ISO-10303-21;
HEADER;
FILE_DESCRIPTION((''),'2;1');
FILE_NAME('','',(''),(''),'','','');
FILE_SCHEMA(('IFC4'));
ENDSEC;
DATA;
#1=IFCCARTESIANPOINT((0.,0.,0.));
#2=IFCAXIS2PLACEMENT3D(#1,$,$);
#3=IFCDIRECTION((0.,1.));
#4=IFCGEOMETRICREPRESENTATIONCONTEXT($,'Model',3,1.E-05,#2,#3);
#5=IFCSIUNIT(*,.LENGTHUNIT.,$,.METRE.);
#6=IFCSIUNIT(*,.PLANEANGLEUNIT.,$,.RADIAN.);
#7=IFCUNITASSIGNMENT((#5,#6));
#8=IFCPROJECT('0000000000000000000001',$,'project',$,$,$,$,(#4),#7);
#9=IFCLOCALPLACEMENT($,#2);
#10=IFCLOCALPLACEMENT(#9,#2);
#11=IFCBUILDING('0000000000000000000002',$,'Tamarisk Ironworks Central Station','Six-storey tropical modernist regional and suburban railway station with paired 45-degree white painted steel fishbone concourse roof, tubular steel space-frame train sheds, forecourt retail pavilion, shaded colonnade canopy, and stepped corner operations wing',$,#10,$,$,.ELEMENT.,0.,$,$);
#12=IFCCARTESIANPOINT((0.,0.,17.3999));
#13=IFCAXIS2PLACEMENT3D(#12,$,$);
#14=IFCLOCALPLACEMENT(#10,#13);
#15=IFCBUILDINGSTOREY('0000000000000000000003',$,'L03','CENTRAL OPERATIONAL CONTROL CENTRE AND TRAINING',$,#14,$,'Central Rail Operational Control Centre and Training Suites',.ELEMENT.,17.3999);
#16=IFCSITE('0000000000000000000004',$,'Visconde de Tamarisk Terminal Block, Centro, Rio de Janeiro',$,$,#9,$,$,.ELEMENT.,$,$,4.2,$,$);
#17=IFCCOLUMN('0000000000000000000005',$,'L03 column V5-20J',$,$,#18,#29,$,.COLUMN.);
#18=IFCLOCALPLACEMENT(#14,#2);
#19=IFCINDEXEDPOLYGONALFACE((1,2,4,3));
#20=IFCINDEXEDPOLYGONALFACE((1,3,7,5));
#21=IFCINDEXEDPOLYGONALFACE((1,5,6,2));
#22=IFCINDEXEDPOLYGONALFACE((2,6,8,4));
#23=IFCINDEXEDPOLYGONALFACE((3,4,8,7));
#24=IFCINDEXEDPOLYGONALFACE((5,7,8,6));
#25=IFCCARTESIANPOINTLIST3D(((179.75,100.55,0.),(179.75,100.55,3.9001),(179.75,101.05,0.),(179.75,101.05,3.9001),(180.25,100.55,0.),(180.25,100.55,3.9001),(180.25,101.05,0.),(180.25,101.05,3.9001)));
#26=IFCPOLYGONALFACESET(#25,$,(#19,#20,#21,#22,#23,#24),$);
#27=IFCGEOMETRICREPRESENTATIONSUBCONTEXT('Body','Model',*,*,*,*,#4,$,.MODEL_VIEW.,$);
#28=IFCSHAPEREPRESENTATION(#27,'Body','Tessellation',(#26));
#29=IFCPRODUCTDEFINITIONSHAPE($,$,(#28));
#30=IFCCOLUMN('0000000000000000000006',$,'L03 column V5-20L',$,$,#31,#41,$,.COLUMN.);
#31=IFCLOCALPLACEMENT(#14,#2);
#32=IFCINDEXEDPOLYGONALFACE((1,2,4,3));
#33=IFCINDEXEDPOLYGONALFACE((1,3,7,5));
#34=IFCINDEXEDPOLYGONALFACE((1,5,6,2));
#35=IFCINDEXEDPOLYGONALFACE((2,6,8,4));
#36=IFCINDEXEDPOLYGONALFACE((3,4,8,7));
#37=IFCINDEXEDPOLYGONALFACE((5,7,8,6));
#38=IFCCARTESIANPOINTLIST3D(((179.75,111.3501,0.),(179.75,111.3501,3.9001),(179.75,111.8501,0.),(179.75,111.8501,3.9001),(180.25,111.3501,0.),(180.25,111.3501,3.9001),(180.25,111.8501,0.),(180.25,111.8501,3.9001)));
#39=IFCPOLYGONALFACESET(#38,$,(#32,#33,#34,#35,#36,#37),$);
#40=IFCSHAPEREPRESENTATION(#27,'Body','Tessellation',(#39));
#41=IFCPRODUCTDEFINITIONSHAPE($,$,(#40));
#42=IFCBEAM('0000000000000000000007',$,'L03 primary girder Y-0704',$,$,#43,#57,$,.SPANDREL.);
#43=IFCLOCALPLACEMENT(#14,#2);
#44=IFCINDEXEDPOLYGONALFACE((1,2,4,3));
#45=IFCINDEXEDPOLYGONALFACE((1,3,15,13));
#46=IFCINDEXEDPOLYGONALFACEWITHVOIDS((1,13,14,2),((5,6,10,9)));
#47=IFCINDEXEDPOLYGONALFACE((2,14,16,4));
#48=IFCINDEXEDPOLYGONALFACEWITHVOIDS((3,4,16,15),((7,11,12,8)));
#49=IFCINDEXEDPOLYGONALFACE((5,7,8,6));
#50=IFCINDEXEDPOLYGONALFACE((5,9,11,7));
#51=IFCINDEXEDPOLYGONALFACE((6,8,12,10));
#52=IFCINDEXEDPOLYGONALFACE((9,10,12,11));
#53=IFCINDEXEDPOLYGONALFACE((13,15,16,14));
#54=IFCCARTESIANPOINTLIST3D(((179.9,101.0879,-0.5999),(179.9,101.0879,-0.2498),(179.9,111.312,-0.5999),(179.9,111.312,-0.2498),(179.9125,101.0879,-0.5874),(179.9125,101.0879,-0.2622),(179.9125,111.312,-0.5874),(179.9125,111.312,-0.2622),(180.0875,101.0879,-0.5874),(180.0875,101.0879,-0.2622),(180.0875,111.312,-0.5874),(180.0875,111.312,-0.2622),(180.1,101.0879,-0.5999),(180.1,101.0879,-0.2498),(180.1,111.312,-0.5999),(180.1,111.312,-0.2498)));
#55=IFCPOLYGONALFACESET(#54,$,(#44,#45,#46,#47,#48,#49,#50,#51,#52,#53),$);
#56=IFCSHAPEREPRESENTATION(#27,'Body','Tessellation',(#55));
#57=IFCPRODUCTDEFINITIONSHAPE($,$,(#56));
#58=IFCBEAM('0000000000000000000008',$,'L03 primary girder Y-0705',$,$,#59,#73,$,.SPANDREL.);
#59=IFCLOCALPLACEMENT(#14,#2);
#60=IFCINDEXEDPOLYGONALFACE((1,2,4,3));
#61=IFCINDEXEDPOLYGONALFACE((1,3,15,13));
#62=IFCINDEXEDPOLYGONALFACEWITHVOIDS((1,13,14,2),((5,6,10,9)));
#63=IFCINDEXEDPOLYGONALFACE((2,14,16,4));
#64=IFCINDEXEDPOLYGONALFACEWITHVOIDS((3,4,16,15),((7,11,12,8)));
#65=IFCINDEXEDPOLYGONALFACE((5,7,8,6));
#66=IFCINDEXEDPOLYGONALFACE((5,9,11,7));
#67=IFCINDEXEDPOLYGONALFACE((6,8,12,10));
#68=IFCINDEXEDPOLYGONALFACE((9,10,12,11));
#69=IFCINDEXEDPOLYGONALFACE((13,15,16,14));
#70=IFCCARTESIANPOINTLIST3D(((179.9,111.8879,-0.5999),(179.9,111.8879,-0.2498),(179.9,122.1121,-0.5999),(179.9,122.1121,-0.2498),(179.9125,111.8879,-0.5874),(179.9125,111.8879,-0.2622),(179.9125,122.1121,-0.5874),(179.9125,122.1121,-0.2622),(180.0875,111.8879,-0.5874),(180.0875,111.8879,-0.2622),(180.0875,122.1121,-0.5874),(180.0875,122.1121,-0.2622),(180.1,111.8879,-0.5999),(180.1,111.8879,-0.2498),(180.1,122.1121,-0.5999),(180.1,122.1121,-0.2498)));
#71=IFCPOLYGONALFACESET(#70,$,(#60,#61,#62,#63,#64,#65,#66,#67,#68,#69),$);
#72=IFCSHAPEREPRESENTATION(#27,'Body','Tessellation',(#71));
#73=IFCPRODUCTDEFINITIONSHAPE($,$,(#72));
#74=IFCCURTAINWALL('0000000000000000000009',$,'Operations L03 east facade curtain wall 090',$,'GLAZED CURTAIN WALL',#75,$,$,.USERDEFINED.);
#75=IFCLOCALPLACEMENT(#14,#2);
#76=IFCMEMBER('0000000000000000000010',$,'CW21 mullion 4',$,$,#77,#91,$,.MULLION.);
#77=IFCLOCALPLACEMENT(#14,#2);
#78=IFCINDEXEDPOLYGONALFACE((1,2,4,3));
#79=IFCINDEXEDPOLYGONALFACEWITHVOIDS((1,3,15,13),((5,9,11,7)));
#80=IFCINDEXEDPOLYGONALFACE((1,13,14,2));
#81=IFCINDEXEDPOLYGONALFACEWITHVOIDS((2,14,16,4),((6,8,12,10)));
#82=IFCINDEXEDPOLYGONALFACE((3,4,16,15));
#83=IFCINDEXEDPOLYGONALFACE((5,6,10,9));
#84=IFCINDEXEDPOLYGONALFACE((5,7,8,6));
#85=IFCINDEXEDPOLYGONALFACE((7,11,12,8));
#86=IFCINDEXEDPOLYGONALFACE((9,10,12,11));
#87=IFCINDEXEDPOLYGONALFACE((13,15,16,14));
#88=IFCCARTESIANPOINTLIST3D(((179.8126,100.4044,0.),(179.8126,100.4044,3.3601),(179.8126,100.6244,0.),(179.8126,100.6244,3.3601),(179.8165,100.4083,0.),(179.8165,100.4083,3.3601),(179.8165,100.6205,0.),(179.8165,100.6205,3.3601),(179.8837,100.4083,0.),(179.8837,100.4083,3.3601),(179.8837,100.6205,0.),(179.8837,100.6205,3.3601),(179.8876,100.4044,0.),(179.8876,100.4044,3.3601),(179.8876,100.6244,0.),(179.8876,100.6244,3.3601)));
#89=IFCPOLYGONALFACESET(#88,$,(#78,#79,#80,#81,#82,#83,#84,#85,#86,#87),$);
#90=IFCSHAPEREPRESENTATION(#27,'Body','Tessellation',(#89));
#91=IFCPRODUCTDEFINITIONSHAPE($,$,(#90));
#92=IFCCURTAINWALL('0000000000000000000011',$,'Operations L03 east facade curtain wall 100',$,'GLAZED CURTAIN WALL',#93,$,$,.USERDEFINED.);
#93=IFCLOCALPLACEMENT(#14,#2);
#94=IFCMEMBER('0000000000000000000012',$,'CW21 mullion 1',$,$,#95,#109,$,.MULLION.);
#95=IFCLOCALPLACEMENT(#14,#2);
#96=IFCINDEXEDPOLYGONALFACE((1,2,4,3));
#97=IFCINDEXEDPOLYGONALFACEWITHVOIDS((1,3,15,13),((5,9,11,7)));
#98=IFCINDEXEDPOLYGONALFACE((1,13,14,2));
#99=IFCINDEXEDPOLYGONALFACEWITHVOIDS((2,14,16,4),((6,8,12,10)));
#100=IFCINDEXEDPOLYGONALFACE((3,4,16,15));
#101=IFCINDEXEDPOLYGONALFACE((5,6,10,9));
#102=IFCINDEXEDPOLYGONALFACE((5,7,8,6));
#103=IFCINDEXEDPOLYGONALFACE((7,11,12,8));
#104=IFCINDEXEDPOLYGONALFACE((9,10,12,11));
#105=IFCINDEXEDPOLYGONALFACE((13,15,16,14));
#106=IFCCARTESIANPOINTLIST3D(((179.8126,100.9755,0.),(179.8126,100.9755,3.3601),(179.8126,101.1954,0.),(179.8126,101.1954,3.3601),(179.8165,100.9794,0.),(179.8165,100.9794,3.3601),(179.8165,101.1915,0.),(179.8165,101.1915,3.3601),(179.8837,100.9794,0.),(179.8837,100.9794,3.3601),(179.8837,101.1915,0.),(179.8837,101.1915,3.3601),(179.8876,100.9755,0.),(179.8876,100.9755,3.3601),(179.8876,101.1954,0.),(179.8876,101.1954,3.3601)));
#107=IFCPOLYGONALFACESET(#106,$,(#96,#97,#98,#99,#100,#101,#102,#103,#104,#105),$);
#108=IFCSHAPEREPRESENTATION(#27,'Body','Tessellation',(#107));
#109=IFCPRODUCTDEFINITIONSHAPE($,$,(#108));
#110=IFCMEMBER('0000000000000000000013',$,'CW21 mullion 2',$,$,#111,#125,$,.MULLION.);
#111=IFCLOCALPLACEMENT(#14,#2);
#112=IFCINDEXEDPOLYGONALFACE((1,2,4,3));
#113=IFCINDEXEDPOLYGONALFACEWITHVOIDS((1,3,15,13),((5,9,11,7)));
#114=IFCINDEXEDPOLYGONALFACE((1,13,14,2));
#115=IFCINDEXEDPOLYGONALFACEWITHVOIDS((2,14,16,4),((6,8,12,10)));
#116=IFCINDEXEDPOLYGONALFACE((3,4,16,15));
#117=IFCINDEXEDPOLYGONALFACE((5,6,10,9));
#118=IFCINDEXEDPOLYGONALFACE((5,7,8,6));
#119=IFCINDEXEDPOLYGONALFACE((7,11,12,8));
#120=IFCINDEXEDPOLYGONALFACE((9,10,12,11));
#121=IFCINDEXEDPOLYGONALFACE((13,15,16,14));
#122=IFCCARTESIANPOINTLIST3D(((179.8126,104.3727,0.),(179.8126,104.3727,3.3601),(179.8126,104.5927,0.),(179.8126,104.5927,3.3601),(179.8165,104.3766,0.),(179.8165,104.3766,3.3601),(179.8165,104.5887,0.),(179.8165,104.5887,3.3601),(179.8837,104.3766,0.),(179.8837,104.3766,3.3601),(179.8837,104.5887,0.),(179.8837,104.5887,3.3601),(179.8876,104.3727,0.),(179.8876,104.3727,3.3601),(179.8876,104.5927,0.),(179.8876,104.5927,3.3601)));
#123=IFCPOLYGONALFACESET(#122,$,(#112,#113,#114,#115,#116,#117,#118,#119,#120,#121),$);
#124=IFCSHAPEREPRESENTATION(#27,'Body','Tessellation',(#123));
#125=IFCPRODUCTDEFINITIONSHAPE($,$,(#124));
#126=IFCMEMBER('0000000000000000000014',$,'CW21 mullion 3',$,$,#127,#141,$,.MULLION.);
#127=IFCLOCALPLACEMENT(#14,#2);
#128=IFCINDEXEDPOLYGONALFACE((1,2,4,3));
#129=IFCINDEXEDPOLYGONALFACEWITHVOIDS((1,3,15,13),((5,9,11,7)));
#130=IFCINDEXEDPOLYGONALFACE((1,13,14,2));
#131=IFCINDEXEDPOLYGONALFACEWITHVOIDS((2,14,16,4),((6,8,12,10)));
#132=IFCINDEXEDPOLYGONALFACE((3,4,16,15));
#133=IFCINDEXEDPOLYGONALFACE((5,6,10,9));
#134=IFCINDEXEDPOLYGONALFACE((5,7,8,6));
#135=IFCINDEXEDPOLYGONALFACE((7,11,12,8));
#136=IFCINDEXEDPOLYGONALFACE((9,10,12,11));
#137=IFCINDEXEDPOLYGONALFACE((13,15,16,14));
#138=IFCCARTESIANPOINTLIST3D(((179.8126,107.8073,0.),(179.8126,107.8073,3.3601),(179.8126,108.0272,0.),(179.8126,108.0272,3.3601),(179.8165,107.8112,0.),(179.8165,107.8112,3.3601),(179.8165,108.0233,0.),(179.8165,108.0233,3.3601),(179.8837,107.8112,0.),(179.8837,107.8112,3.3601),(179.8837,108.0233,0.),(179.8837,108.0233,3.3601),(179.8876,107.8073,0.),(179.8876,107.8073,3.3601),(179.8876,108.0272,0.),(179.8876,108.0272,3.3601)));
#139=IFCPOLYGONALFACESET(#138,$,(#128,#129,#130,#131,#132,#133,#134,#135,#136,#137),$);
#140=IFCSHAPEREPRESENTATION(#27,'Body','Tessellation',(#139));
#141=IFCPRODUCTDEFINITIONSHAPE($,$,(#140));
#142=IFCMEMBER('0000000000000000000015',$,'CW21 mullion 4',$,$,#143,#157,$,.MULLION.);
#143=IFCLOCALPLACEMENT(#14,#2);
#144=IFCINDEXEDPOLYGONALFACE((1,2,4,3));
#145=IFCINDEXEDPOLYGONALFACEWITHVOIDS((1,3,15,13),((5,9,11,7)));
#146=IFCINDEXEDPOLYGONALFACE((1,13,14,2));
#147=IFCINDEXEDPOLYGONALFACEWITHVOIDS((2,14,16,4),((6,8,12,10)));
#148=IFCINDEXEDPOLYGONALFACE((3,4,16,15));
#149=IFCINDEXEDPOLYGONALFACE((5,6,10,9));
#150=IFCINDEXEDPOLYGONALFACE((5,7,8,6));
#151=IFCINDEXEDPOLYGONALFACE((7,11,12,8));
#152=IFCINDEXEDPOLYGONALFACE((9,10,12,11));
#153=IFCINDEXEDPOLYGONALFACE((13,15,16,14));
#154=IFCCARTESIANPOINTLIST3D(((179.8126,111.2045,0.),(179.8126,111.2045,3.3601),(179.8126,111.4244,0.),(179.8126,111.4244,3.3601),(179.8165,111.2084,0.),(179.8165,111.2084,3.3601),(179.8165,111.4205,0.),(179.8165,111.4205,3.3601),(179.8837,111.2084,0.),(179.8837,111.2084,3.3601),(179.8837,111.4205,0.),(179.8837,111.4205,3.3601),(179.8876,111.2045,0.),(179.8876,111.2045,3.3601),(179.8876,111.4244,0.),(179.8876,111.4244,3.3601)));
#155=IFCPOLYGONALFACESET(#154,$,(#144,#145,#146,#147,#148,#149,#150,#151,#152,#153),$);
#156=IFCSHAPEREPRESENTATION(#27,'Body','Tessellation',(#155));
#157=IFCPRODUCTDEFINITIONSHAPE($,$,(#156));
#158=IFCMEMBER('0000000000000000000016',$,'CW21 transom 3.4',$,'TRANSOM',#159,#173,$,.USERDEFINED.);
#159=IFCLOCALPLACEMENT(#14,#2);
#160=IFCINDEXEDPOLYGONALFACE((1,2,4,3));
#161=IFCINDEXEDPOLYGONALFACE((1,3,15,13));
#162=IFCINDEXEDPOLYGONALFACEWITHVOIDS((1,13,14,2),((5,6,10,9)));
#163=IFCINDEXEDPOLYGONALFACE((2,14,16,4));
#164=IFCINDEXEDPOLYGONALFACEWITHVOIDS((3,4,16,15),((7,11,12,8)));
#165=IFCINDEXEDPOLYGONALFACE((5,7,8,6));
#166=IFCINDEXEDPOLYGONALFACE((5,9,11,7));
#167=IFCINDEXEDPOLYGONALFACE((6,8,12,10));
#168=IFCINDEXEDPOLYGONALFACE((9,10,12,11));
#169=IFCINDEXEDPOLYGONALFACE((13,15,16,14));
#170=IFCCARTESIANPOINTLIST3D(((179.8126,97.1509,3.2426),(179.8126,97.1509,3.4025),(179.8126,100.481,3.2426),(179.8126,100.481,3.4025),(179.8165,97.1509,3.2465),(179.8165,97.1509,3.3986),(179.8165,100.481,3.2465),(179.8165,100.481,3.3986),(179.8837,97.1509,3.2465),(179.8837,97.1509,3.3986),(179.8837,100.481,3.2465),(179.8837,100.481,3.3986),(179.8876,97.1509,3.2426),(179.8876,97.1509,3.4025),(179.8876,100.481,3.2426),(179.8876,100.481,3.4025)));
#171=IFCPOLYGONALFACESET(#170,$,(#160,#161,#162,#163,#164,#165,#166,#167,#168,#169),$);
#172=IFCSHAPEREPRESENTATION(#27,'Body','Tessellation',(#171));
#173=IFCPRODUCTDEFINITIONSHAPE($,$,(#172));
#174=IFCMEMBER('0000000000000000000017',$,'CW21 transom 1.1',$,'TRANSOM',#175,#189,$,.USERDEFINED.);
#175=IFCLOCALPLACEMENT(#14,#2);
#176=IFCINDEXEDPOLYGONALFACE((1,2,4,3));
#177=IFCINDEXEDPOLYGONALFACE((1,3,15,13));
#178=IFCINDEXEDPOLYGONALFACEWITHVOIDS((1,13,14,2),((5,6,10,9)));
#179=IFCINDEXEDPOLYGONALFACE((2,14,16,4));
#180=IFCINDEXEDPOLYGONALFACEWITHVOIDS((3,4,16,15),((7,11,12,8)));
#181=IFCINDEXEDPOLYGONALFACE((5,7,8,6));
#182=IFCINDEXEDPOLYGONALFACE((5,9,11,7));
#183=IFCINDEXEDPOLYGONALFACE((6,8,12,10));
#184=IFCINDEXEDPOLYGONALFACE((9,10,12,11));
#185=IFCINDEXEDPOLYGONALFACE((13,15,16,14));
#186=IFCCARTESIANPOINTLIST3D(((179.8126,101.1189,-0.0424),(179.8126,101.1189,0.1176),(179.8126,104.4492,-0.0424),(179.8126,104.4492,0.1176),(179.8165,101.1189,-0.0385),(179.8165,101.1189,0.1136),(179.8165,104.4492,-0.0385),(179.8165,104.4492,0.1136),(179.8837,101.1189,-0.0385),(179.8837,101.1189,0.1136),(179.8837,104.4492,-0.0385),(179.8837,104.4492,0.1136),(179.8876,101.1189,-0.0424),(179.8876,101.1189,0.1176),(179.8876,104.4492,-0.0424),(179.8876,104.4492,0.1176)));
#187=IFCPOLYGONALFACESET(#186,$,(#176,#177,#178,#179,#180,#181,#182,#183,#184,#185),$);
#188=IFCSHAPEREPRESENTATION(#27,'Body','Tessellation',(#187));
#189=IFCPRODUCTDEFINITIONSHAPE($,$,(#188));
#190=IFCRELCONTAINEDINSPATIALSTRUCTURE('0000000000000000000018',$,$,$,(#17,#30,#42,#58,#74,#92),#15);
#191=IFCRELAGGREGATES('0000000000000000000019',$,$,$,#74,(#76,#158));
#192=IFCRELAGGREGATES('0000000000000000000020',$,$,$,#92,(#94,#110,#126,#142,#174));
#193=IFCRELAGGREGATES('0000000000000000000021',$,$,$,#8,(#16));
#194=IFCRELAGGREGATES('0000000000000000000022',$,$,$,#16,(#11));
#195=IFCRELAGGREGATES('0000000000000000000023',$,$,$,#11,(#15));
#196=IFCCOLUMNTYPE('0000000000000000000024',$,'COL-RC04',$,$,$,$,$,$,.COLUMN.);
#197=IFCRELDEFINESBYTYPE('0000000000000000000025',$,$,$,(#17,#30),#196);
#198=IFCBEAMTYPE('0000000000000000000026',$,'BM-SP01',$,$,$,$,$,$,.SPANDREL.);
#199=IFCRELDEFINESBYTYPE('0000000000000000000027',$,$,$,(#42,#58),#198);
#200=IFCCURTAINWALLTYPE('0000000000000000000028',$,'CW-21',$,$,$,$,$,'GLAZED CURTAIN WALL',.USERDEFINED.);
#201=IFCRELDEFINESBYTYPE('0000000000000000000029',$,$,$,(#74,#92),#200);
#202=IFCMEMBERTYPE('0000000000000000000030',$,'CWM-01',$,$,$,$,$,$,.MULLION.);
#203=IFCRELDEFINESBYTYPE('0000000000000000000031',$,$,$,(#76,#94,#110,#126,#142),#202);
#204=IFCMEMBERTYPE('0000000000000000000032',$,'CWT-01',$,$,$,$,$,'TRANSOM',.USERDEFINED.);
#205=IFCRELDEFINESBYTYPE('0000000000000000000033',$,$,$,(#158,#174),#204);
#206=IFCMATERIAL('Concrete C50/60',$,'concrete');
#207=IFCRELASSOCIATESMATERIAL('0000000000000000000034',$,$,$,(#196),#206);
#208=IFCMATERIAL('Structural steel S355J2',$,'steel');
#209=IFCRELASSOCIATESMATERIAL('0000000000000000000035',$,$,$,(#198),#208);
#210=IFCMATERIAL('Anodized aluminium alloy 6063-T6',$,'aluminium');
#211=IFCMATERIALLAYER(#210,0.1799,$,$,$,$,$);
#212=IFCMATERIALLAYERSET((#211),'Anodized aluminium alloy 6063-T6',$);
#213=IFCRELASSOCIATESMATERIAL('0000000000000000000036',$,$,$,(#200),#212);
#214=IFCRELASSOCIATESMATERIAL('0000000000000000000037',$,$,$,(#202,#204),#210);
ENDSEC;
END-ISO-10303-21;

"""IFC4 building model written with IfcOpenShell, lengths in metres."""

from ifc_helpers import new_model, si_unit, direction, frame, origin, origin_2d, place, context, subcontext, project, spatial, rectangle, hollow_rectangle, extrude, material, layer, layer_set, material_profile, profile_set, type_object, element, aggregate, save


model = new_model("IFC4")

# Units and contexts
model_context = context("Model", 3, precision=1e-05, world=origin(), true_north=direction((0.0, 1.0)))
body_context = subcontext(model_context, "Body", "Model", "MODEL_VIEW")
ifc_project = project(units=[si_unit("LENGTHUNIT", "METRE"), si_unit("PLANEANGLEUNIT", "RADIAN")], contexts=[model_context])

# Site, building, storey
site_placement = place(None, origin())
site = spatial("IfcSite", under=ifc_project, at=site_placement, Name="Visconde de Tamarisk Terminal Block, Centro, Rio de Janeiro", CompositionType="ELEMENT", RefElevation=4.2)
building_placement = place(site_placement, origin())
building = spatial("IfcBuilding", under=site, at=building_placement, Name="Tamarisk Ironworks Central Station", Description="Six-storey tropical modernist regional and suburban railway station with paired 45-degree white painted steel fishbone concourse roof, tubular steel space-frame train sheds, forecourt retail pavilion, shaded colonnade canopy, and stepped corner operations wing", CompositionType="ELEMENT", ElevationOfRefHeight=0.0)
storey_placement = place(building_placement, frame((0.0, 0.0, 17.3999)))
storey = spatial("IfcBuildingStorey", under=building, at=storey_placement, Name="L03", Description="CENTRAL OPERATIONAL CONTROL CENTRE AND TRAINING", LongName="Central Rail Operational Control Centre and Training Suites", CompositionType="ELEMENT", Elevation=17.3999)

# Columns
ifc_material_1 = material(Name="Concrete C50/60", Category="concrete")
ifc_material_profile_1 = material_profile(ifc_material_1, rectangle(XDim=0.5, YDim=0.5, at=origin_2d()), Name="RC 500x500")
ifc_profile_set_1 = profile_set([ifc_material_profile_1], Name="Concrete C50/60")
column_type = type_object("IfcColumnType", Name="COL-RC04", PredefinedType="COLUMN", material=ifc_profile_set_1)
for number, where, z_axis, x_axis, name in (
    (1, (180.0, 100.8, 0.0), (0.0, 0.0, 1.0), (1.0, 0.0, 0.0), "L03 column V5-20J"),
    (2, (180.0, 111.6001, 0.0), (0.0, 0.0, 1.0), (1.0, 0.0, 0.0), "L03 column V5-20L"),
):
    element("IfcColumn", number, at=place(storey_placement, frame(where, z_axis=z_axis, x_axis=x_axis)), inside=storey, type_object=column_type, Name=name, PredefinedType="COLUMN", context=body_context, shape_type="SweptSolid", body=[
        extrude(rectangle(XDim=0.5, YDim=0.5, at=origin_2d()), origin(), (0.0, 0.0, 1.0), 3.9001),
    ])

# Beams
ifc_material_2 = material(Name="Structural steel S355J2", Category="steel")
ifc_material_profile_2 = material_profile(ifc_material_2, hollow_rectangle(XDim=0.2, YDim=0.3501, WallThickness=0.0125, at=origin_2d()), Name="RHS 350x200x12.5")
ifc_profile_set_2 = profile_set([ifc_material_profile_2], Name="Structural steel S355J2")
beam_type = type_object("IfcBeamType", Name="BM-SP01", PredefinedType="SPANDREL", material=ifc_profile_set_2)
for number, where, z_axis, x_axis, name in (
    (3, (180.0, 101.0879, -0.4248), (0.0, 1.0, 0.0), (-1.0, 0.0, 0.0), "L03 primary girder Y-0704"),
    (4, (180.0, 111.8879, -0.4248), (0.0, 1.0, 0.0), (-1.0, 0.0, 0.0), "L03 primary girder Y-0705"),
):
    element("IfcBeam", number, at=place(storey_placement, frame(where, z_axis=z_axis, x_axis=x_axis)), inside=storey, type_object=beam_type, Name=name, PredefinedType="SPANDREL", context=body_context, shape_type="SweptSolid", body=[
        extrude(hollow_rectangle(XDim=0.2, YDim=0.3501, WallThickness=0.0125, at=origin_2d()), origin(), (0.0, 0.0, 1.0), 10.2241),
    ])

# Curtain wall, member
ifc_material_3 = material(Name="Anodized aluminium alloy 6063-T6", Category="aluminium")
ifc_layer_1 = layer(ifc_material_3, 0.1799)
ifc_layer_set_1 = layer_set([ifc_layer_1], Name="Anodized aluminium alloy 6063-T6")
curtain_wall_type = type_object("IfcCurtainWallType", Name="CW-21", ElementType="GLAZED CURTAIN WALL", PredefinedType="USERDEFINED", material=ifc_layer_set_1)
curtain_wall_1_placement = place(storey_placement, origin())
curtain_wall_1 = element("IfcCurtainWall", 5, at=curtain_wall_1_placement, inside=storey, type_object=curtain_wall_type, Name="Operations L03 east facade curtain wall 090", ObjectType="GLAZED CURTAIN WALL", PredefinedType="USERDEFINED")
ifc_material_profile_3 = material_profile(ifc_material_3, hollow_rectangle(XDim=0.075, YDim=0.22, WallThickness=0.0039, at=origin_2d()), Name="ALUM 220x75")
ifc_profile_set_3 = profile_set([ifc_material_profile_3], Name="Anodized aluminium alloy 6063-T6")
member_type_1 = type_object("IfcMemberType", Name="CWM-01", PredefinedType="MULLION", material=ifc_profile_set_3)
member_1_placement = place(storey_placement, frame((179.8501, 100.5144, 0.0), z_axis=(0.0, 0.0, 1.0), x_axis=(-1.0, 0.0, 0.0)))
member_1 = element("IfcMember", 6, at=member_1_placement, type_object=member_type_1, Name="CW21 mullion 4", PredefinedType="MULLION", context=body_context, shape_type="SweptSolid", body=[
    extrude(hollow_rectangle(XDim=0.075, YDim=0.22, WallThickness=0.0039, at=origin_2d()), origin(), (0.0, 0.0, 1.0), 3.3601),
])

# Curtain wall, members
curtain_wall_2_placement = place(storey_placement, origin())
curtain_wall_2 = element("IfcCurtainWall", 7, at=curtain_wall_2_placement, inside=storey, type_object=curtain_wall_type, Name="Operations L03 east facade curtain wall 100", ObjectType="GLAZED CURTAIN WALL", PredefinedType="USERDEFINED")
member_2_placement = place(storey_placement, frame((179.8501, 101.0854, 0.0), z_axis=(0.0, 0.0, 1.0), x_axis=(-1.0, 0.0, 0.0)))
member_2 = element("IfcMember", 8, at=member_2_placement, type_object=member_type_1, Name="CW21 mullion 1", PredefinedType="MULLION", context=body_context, shape_type="SweptSolid", body=[
    extrude(hollow_rectangle(XDim=0.075, YDim=0.22, WallThickness=0.0039, at=origin_2d()), origin(), (0.0, 0.0, 1.0), 3.3601),
])
member_3_placement = place(storey_placement, frame((179.8501, 104.4827, 0.0), z_axis=(0.0, 0.0, 1.0), x_axis=(-1.0, 0.0, 0.0)))
member_3 = element("IfcMember", 9, at=member_3_placement, type_object=member_type_1, Name="CW21 mullion 2", PredefinedType="MULLION", context=body_context, shape_type="SweptSolid", body=[
    extrude(hollow_rectangle(XDim=0.075, YDim=0.22, WallThickness=0.0039, at=origin_2d()), origin(), (0.0, 0.0, 1.0), 3.3601),
])
member_4_placement = place(storey_placement, frame((179.8501, 107.9172, 0.0), z_axis=(0.0, 0.0, 1.0), x_axis=(-1.0, 0.0, 0.0)))
member_4 = element("IfcMember", 10, at=member_4_placement, type_object=member_type_1, Name="CW21 mullion 3", PredefinedType="MULLION", context=body_context, shape_type="SweptSolid", body=[
    extrude(hollow_rectangle(XDim=0.075, YDim=0.22, WallThickness=0.0039, at=origin_2d()), origin(), (0.0, 0.0, 1.0), 3.3601),
])
member_5_placement = place(storey_placement, frame((179.8501, 111.3145, 0.0), z_axis=(0.0, 0.0, 1.0), x_axis=(-1.0, 0.0, 0.0)))
member_5 = element("IfcMember", 11, at=member_5_placement, type_object=member_type_1, Name="CW21 mullion 4", PredefinedType="MULLION", context=body_context, shape_type="SweptSolid", body=[
    extrude(hollow_rectangle(XDim=0.075, YDim=0.22, WallThickness=0.0039, at=origin_2d()), origin(), (0.0, 0.0, 1.0), 3.3601),
])

# Members
ifc_material_profile_4 = material_profile(ifc_material_3, hollow_rectangle(XDim=0.075, YDim=0.1599, WallThickness=0.0039, at=origin_2d()), Name="ALUM 160x75")
ifc_profile_set_4 = profile_set([ifc_material_profile_4], Name="Anodized aluminium alloy 6063-T6")
member_type_2 = type_object("IfcMemberType", Name="CWT-01", ElementType="TRANSOM", PredefinedType="USERDEFINED", material=ifc_profile_set_4)
member_6_placement = place(storey_placement, frame((179.8501, 97.1509, 3.3225), z_axis=(0.0, 1.0, 0.0), x_axis=(-1.0, 0.0, 0.0)))
member_6 = element("IfcMember", 12, at=member_6_placement, type_object=member_type_2, Name="CW21 transom 3.4", ObjectType="TRANSOM", PredefinedType="USERDEFINED", context=body_context, shape_type="SweptSolid", body=[
    extrude(hollow_rectangle(XDim=0.075, YDim=0.1599, WallThickness=0.0039, at=origin_2d()), origin(), (0.0, 0.0, 1.0), 3.3301),
])
member_7_placement = place(storey_placement, frame((179.8501, 101.1189, 0.0376), z_axis=(0.0, 1.0, 0.0), x_axis=(-1.0, 0.0, 0.0)))
member_7 = element("IfcMember", 13, at=member_7_placement, type_object=member_type_2, Name="CW21 transom 1.1", ObjectType="TRANSOM", PredefinedType="USERDEFINED", context=body_context, shape_type="SweptSolid", body=[
    extrude(hollow_rectangle(XDim=0.075, YDim=0.1599, WallThickness=0.0039, at=origin_2d()), origin(), (0.0, 0.0, 1.0), 3.3303),
])

aggregate(curtain_wall_1, [member_1, member_6])
aggregate(curtain_wall_2, [member_2, member_3, member_4, member_5, member_7])

save(model, "model.ifc")
